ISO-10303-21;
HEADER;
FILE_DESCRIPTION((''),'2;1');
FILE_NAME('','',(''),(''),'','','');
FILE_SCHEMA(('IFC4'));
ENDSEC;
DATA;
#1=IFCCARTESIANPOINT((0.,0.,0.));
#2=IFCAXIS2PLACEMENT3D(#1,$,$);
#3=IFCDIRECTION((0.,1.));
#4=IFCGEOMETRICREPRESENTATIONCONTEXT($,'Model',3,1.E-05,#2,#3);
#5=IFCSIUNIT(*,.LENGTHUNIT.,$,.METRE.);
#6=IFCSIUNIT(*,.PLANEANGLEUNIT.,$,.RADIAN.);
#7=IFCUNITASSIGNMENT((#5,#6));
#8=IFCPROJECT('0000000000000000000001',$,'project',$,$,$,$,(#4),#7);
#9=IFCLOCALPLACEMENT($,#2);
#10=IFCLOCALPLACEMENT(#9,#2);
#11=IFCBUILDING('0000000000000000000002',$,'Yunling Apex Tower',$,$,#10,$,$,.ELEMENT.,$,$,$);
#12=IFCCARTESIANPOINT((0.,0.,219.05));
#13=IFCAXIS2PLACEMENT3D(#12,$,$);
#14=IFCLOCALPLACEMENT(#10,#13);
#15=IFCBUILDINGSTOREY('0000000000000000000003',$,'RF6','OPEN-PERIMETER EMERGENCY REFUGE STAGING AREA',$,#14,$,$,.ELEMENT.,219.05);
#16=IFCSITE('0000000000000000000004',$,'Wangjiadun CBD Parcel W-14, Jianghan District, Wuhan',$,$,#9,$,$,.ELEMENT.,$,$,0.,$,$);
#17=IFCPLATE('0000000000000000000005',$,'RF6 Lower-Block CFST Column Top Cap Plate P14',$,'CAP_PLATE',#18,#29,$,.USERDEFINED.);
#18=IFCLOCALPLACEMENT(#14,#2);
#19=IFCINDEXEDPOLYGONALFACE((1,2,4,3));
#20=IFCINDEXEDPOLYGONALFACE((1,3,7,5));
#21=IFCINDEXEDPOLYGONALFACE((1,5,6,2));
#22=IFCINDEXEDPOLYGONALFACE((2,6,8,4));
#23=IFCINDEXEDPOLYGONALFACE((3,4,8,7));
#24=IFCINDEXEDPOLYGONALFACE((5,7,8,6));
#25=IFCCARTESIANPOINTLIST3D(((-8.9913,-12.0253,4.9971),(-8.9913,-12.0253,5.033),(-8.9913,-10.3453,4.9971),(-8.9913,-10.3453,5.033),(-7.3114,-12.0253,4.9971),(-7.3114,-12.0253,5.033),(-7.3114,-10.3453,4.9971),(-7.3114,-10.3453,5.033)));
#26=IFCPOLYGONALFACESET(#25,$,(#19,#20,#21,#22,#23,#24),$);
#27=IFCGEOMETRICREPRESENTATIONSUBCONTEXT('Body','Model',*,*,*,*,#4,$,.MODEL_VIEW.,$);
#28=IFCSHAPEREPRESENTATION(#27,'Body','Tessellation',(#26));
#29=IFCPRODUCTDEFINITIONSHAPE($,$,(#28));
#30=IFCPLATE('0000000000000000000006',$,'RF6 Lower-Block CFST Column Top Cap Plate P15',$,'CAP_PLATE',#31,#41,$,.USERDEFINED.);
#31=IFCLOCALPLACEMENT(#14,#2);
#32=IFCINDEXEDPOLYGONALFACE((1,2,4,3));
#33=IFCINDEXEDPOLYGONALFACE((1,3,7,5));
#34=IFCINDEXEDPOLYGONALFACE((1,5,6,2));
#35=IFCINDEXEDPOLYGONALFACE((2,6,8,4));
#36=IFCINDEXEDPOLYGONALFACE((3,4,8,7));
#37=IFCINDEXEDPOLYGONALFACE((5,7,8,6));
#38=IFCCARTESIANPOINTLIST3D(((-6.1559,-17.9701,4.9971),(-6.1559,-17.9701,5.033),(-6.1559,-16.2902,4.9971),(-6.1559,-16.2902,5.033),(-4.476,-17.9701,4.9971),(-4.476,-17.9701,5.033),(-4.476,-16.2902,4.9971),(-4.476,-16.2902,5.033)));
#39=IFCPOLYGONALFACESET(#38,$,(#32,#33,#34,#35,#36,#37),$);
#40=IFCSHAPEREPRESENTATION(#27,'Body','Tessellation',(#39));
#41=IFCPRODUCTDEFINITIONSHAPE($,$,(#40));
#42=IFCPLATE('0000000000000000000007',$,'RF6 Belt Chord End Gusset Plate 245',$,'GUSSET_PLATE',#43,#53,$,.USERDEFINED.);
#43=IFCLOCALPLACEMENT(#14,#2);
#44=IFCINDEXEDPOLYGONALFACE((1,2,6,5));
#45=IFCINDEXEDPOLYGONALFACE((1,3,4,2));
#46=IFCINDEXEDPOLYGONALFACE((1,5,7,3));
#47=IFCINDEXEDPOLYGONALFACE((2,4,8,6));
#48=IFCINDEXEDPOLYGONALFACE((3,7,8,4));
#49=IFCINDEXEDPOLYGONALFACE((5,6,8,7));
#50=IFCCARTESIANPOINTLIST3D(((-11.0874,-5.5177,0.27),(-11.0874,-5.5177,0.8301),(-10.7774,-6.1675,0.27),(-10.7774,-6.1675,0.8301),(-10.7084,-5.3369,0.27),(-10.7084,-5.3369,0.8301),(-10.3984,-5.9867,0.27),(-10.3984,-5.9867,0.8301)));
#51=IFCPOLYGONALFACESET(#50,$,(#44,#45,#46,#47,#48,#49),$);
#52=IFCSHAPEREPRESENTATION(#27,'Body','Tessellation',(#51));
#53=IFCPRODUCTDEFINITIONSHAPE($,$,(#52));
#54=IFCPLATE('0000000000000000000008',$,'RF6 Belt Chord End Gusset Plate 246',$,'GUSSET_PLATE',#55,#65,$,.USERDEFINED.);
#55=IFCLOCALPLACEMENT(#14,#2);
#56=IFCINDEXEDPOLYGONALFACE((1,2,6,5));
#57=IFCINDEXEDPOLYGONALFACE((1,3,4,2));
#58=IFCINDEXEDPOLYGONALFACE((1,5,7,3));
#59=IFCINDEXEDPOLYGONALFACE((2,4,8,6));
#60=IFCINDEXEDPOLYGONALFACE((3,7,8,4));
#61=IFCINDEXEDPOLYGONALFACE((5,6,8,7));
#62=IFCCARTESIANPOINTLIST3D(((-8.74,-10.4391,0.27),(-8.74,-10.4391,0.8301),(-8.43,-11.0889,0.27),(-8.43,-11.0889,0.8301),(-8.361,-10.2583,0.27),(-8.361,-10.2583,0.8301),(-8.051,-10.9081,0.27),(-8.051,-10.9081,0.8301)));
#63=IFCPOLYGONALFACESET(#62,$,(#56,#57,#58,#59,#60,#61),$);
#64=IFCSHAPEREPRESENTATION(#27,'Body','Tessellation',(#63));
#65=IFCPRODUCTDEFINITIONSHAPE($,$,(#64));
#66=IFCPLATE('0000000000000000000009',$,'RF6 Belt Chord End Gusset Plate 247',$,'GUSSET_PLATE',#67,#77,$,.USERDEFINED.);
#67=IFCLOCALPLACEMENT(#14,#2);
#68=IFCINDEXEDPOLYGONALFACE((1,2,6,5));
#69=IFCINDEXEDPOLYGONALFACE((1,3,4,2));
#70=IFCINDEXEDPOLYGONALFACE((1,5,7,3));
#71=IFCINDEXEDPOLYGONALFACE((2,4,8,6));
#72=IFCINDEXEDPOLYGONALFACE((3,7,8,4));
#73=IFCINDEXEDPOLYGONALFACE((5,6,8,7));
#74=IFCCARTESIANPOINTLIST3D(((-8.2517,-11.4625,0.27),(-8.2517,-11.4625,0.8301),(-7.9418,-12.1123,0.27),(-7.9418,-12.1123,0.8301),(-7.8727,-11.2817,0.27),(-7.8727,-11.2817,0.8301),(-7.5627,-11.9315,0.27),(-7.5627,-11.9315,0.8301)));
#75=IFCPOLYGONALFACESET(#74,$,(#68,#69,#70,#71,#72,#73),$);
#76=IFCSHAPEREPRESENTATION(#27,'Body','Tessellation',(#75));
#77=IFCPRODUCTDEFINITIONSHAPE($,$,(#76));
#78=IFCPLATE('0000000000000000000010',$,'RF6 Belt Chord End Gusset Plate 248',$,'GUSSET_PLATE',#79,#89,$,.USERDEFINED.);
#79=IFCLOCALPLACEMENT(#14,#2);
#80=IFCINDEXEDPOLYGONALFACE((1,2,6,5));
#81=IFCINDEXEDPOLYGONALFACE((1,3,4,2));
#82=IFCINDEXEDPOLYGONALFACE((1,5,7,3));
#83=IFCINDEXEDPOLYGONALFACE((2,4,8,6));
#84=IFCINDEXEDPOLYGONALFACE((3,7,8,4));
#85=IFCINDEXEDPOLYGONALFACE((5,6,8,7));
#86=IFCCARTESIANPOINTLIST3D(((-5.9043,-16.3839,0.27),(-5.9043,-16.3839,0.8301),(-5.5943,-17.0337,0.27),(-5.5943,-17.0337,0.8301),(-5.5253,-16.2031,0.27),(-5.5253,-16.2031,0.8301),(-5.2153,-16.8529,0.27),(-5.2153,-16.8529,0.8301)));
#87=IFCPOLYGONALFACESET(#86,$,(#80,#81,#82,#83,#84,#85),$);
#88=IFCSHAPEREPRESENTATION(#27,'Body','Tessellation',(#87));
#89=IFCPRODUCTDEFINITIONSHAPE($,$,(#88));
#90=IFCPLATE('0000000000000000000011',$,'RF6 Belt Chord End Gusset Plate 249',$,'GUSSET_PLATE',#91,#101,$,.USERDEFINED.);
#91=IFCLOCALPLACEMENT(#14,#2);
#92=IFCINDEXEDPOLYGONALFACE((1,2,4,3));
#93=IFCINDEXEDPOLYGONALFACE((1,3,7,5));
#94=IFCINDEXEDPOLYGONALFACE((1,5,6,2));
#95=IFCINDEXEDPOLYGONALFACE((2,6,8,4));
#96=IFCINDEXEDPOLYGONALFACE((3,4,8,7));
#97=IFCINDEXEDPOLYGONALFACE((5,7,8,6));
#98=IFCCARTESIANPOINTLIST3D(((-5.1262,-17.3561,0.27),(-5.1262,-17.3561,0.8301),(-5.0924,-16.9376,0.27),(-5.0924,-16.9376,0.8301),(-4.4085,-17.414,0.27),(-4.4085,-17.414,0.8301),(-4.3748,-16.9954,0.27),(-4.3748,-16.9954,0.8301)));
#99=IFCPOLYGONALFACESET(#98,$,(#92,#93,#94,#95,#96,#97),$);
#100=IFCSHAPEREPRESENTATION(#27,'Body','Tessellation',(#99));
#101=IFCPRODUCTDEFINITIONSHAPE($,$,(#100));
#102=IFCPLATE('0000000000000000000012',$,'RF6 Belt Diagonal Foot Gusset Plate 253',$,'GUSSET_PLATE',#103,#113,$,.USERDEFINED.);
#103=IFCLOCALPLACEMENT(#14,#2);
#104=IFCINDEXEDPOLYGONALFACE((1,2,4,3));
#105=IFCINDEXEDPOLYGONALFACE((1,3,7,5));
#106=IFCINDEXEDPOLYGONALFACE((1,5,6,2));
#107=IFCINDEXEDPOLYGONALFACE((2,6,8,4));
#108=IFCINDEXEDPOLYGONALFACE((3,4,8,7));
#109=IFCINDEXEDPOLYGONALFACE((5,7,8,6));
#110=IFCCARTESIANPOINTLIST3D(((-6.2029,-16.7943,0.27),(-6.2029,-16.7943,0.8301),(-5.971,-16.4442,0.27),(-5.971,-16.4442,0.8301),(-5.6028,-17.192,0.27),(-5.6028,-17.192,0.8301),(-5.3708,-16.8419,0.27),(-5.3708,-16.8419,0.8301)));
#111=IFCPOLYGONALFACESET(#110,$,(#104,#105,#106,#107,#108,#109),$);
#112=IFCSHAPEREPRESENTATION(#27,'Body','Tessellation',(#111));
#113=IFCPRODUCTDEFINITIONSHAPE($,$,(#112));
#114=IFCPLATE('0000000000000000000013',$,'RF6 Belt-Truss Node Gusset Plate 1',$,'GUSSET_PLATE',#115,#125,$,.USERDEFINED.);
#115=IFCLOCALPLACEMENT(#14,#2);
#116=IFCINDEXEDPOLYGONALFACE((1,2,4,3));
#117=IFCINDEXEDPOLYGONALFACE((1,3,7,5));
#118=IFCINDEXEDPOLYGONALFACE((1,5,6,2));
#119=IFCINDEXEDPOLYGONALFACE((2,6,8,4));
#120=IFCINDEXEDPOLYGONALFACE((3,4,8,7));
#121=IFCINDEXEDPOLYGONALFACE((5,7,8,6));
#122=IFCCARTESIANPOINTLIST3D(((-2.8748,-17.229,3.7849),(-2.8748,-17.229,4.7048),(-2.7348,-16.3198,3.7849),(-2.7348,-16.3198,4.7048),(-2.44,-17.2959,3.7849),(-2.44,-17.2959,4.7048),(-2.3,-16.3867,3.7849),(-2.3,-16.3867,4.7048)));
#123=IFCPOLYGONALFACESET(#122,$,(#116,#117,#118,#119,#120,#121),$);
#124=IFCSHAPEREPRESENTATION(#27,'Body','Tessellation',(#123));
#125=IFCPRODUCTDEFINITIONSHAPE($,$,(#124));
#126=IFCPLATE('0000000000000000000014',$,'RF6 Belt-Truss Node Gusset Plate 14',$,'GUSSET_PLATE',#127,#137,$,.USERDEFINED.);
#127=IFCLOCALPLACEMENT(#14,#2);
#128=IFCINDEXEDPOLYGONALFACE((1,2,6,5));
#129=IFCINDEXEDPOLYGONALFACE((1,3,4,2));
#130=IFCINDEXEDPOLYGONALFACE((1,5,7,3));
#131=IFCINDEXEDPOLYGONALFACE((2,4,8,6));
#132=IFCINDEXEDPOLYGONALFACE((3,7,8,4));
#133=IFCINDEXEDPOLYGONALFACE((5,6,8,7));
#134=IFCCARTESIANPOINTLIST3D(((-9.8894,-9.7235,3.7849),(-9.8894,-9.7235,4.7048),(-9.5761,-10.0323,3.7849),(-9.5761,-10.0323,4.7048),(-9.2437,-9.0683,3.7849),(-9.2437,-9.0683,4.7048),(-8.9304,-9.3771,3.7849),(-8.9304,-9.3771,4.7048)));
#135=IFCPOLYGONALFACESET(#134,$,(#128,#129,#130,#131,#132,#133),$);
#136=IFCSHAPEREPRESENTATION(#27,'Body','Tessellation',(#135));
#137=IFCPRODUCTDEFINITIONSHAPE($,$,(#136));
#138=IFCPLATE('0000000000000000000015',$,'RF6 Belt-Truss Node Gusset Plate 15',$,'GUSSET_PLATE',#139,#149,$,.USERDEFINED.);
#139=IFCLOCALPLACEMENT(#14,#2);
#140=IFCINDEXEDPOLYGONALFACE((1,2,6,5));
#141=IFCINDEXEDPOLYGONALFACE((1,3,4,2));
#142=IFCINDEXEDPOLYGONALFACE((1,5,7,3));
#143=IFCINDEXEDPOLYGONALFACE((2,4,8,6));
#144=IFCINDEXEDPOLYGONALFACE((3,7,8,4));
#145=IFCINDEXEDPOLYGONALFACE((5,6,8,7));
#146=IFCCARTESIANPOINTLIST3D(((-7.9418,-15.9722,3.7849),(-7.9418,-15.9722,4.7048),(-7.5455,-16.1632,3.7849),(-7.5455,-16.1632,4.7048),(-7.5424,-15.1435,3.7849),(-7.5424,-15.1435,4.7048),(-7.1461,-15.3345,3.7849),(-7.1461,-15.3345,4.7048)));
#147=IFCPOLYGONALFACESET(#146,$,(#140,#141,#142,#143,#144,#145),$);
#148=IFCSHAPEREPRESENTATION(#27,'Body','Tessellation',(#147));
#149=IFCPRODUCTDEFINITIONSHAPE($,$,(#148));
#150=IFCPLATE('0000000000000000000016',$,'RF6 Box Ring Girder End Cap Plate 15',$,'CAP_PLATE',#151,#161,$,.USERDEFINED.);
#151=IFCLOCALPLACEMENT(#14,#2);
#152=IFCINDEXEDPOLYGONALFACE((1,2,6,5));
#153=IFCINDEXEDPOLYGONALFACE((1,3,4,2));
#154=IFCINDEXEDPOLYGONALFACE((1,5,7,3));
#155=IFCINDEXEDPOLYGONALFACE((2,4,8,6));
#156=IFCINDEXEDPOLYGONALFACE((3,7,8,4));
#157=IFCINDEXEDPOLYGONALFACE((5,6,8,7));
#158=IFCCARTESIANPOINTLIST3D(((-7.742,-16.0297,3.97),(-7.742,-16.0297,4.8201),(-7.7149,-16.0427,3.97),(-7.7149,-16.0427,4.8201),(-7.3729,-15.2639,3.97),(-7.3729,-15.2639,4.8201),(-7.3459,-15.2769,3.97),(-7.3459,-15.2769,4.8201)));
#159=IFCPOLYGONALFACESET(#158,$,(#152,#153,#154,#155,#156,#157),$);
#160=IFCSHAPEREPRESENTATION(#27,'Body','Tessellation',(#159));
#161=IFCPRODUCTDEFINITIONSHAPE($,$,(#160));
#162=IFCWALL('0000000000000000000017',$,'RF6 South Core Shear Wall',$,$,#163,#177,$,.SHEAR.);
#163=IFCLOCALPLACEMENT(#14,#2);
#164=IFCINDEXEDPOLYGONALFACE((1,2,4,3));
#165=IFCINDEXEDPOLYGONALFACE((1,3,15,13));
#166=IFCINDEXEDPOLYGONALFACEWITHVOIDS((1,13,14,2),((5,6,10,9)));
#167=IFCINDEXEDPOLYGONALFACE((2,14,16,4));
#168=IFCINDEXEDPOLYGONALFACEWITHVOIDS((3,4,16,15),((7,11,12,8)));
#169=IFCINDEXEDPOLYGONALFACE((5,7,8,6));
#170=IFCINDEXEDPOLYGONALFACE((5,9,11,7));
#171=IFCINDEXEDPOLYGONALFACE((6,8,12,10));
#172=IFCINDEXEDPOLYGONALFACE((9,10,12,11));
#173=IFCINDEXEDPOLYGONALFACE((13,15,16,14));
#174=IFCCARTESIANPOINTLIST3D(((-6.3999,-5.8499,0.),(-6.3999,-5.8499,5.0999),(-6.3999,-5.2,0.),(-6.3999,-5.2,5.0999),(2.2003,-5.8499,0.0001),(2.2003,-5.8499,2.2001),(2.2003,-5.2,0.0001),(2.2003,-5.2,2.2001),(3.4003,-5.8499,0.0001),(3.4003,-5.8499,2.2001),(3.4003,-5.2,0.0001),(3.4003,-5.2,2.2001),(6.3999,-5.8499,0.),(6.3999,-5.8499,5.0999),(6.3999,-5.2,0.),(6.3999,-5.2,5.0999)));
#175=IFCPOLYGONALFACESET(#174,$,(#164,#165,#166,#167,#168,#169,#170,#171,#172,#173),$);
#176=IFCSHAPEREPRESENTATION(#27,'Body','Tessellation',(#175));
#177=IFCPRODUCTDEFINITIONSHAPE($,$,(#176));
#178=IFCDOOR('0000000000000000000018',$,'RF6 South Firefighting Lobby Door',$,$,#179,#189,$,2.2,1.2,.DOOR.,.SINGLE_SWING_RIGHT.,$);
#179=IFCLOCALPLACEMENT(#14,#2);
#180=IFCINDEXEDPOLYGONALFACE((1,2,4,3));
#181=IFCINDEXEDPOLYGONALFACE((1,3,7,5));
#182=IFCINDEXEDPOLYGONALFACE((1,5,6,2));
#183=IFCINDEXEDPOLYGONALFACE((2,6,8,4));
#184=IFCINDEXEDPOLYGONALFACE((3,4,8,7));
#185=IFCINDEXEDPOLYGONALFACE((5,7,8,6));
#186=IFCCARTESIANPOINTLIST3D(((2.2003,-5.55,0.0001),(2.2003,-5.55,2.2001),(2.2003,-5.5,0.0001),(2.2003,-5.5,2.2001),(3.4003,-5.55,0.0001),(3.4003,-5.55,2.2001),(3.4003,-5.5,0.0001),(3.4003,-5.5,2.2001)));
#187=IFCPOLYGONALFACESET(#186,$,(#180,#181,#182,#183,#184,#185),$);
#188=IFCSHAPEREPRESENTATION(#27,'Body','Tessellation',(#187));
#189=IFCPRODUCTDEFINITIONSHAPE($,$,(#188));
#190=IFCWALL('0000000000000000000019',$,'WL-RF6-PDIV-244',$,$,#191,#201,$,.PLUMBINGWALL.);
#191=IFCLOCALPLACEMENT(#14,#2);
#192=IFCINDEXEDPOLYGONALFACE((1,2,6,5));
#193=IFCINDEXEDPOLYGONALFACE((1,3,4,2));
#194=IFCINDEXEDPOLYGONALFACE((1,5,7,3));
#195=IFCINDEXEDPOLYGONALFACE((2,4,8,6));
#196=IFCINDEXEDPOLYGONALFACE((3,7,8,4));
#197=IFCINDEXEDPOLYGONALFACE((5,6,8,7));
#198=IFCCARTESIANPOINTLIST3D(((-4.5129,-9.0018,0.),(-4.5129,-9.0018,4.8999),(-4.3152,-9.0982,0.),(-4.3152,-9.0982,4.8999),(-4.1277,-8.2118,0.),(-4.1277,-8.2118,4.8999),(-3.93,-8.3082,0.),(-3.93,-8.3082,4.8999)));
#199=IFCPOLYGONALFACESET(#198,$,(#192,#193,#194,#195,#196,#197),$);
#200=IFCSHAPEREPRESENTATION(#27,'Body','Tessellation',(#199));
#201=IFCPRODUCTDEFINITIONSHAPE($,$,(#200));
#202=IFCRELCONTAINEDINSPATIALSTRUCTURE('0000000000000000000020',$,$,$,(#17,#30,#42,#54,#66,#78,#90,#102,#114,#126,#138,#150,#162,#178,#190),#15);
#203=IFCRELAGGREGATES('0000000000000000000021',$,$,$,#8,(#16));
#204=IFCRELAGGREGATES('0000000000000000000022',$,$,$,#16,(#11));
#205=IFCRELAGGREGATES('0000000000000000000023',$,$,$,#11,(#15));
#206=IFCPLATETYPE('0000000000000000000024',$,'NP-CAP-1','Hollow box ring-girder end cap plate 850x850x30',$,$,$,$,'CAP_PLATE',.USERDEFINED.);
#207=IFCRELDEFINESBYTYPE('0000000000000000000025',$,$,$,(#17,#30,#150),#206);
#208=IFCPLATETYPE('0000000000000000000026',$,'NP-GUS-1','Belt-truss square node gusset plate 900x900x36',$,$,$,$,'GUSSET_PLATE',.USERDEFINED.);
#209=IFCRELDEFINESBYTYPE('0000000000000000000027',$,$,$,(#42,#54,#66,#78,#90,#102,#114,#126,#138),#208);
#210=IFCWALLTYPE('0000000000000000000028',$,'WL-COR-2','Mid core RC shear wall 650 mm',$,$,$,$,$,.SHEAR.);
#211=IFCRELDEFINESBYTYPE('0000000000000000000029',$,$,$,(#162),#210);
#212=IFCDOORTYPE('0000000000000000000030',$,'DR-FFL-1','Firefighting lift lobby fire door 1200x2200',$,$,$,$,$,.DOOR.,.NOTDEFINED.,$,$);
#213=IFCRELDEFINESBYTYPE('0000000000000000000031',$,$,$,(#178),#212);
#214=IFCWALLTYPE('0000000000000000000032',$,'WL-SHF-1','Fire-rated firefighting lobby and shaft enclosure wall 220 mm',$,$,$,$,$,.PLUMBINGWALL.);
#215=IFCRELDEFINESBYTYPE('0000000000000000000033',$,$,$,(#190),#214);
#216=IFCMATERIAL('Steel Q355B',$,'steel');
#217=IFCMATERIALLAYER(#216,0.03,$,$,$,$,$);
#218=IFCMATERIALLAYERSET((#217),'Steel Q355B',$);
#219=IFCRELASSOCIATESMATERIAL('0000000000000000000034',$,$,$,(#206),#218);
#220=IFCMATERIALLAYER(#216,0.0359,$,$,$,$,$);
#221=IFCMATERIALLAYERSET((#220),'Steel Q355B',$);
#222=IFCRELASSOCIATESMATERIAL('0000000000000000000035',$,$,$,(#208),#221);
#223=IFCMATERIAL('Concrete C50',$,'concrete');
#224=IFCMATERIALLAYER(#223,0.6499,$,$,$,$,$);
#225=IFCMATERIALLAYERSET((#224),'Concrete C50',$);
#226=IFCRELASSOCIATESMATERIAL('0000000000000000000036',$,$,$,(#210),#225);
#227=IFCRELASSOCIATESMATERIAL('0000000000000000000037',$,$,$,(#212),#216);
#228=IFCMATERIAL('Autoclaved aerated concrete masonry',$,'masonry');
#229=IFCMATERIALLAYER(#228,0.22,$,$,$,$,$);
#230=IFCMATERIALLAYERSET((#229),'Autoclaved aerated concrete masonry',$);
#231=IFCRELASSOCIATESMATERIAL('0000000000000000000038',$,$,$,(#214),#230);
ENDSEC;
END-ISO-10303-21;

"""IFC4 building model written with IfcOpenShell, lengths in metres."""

from ifc_helpers import new_model, si_unit, direction, frame, frame_2d, origin, origin_2d, place, context, subcontext, project, spatial, rectangle, extrude, source, transform, mapped, material, layer, layer_set, type_object, element, fill, save


model = new_model("IFC4")

# Units and contexts
model_context = context("Model", 3, precision=1e-05, world=origin(), true_north=direction((0.0, 1.0)))
body_context = subcontext(model_context, "Body", "Model", "MODEL_VIEW")
ifc_project = project(units=[si_unit("LENGTHUNIT", "METRE"), si_unit("PLANEANGLEUNIT", "RADIAN")], contexts=[model_context])

# Site, building, storey
site_placement = place(None, origin())
site = spatial("IfcSite", under=ifc_project, at=site_placement, Name="Wangjiadun CBD Parcel W-14, Jianghan District, Wuhan", CompositionType="ELEMENT", RefElevation=0.0)
building_placement = place(site_placement, origin())
building = spatial("IfcBuilding", under=site, at=building_placement, Name="Yunling Apex Tower", CompositionType="ELEMENT")
storey_placement = place(building_placement, frame((0.0, 0.0, 219.05)))
storey = spatial("IfcBuildingStorey", under=building, at=storey_placement, Name="RF6", Description="OPEN-PERIMETER EMERGENCY REFUGE STAGING AREA", CompositionType="ELEMENT", Elevation=219.05)

# Shared definitions
ifc_material_1 = material(Name="Concrete C50", Category="concrete")

# Shared definitions
ifc_material_2 = material(Name="Steel Q355B", Category="steel")

# Plates
ifc_layer_1 = layer(ifc_material_2, 0.03)
ifc_layer_set_1 = layer_set([ifc_layer_1], Name="Steel Q355B")
plate_type_1 = type_object("IfcPlateType", Name="NP-CAP-1", Description="Hollow box ring-girder end cap plate 850x850x30", ElementType="CAP_PLATE", PredefinedType="USERDEFINED", material=ifc_layer_set_1)
shared_shape_1 = source(origin(), body_context, "Body", "SweptSolid", [
    extrude(rectangle(XDim=1.6799, YDim=1.6799, at=origin_2d()), origin(), (0.0, 0.0, 1.0), 0.0359),
])
for number, where, z_axis, x_axis, name in (
    (1, (-8.1514, -11.1853, 4.9971), (0.0, 0.0, 1.0), (1.0, 0.0, 0.0), "RF6 Lower-Block CFST Column Top Cap Plate P14"),
    (2, (-5.3159, -17.1301, 4.9971), (0.0, 0.0, 1.0), (1.0, 0.0, 0.0), "RF6 Lower-Block CFST Column Top Cap Plate P15"),
):
    element("IfcPlate", number, at=place(storey_placement, frame(where, z_axis=z_axis, x_axis=x_axis)), inside=storey, type_object=plate_type_1, Name=name, ObjectType="CAP_PLATE", PredefinedType="USERDEFINED", context=body_context, shape_type="MappedRepresentation", body=[
        mapped(shared_shape_1, transform((0.0, 0.0, 0.0), scale=1.0)),
    ])
ifc_layer_2 = layer(ifc_material_2, 0.0359)
ifc_layer_set_2 = layer_set([ifc_layer_2], Name="Steel Q355B")
plate_type_2 = type_object("IfcPlateType", Name="NP-GUS-1", Description="Belt-truss square node gusset plate 900x900x36", ElementType="GUSSET_PLATE", PredefinedType="USERDEFINED", material=ifc_layer_set_2)
shared_shape_2 = source(origin(), body_context, "Body", "SweptSolid", [
    extrude(rectangle(XDim=0.72, YDim=0.4199, at=origin_2d()), origin(), (0.0, 0.0, 1.0), 0.5601),
])
for number, where, z_axis, x_axis, name in (
    (3, (-10.7429, -5.7522, 0.27), (0.0, 0.0, 1.0), (0.430511, -0.902585, 0.0), "RF6 Belt Chord End Gusset Plate 245"),
    (4, (-8.3955, -10.6736, 0.27), (0.0, 0.0, 1.0), (0.430511, -0.902585, 0.0), "RF6 Belt Chord End Gusset Plate 246"),
    (5, (-7.9072, -11.697, 0.27), (0.0, 0.0, 1.0), (0.430511, -0.902585, 0.0), "RF6 Belt Chord End Gusset Plate 247"),
    (6, (-5.5598, -16.6184, 0.27), (0.0, 0.0, 1.0), (0.430511, -0.902585, 0.0), "RF6 Belt Chord End Gusset Plate 248"),
    (7, (-4.7505, -17.1758, 0.27), (0.0, 0.0, 1.0), (0.996765, -0.080373, 0.0), "RF6 Belt Chord End Gusset Plate 249"),
    (8, (-5.7869, -16.8181, 0.27), (0.0, 0.0, 1.0), (-0.833597, 0.552374, 0.0), "RF6 Belt Diagonal Foot Gusset Plate 253"),
):
    element("IfcPlate", number, at=place(storey_placement, frame(where, z_axis=z_axis, x_axis=x_axis)), inside=storey, type_object=plate_type_2, Name=name, ObjectType="GUSSET_PLATE", PredefinedType="USERDEFINED", context=body_context, shape_type="MappedRepresentation", body=[
        mapped(shared_shape_2, transform((0.0, 0.0, 0.0), scale=1.0)),
    ])
shared_shape_3 = source(origin(), body_context, "Body", "SweptSolid", [
    extrude(rectangle(XDim=0.9199, YDim=0.4399, at=origin_2d()), origin(), (0.0, 0.0, 1.0), 0.9199),
])
for number, where, z_axis, x_axis, name in (
    (9, (-2.5874, -16.8079, 3.7849), (0.0, 0.0, 1.0), (-0.152123, -0.988362, 0.0), "RF6 Belt-Truss Node Gusset Plate 1"),
    (10, (-9.4099, -9.5503, 3.7849), (0.0, 0.0, 1.0), (-0.701904, -0.712271, 0.0), "RF6 Belt-Truss Node Gusset Plate 14"),
    (11, (-7.5439, -15.6533, 3.7849), (0.0, 0.0, 1.0), (-0.434131, -0.90085, 0.0), "RF6 Belt-Truss Node Gusset Plate 15"),
):
    element("IfcPlate", number, at=place(storey_placement, frame(where, z_axis=z_axis, x_axis=x_axis)), inside=storey, type_object=plate_type_2, Name=name, ObjectType="GUSSET_PLATE", PredefinedType="USERDEFINED", context=body_context, shape_type="MappedRepresentation", body=[
        mapped(shared_shape_3, transform((0.0, 0.0, 0.0), scale=1.0)),
    ])
shared_shape_4 = source(origin(), body_context, "Body", "SweptSolid", [
    extrude(rectangle(XDim=0.8501, YDim=0.03, at=origin_2d()), origin(), (0.0, 0.0, 1.0), 0.8501),
])
plate_placement = place(storey_placement, frame((-7.5439, -15.6533, 3.97), z_axis=(0.0, 0.0, 1.0), x_axis=(-0.434131, -0.90085, 0.0)))
element("IfcPlate", 12, at=plate_placement, inside=storey, type_object=plate_type_1, Name="RF6 Box Ring Girder End Cap Plate 15", ObjectType="CAP_PLATE", PredefinedType="USERDEFINED", context=body_context, shape_type="MappedRepresentation", body=[
    mapped(shared_shape_4, transform((0.0, 0.0, 0.0), scale=1.0)),
])

# Wall, opening, door
ifc_layer_3 = layer(ifc_material_1, 0.6499)
ifc_layer_set_3 = layer_set([ifc_layer_3], Name="Concrete C50")
wall_type_1 = type_object("IfcWallType", Name="WL-COR-2", Description="Mid core RC shear wall 650 mm", PredefinedType="SHEAR", material=ifc_layer_set_3)
wall_1_placement = place(storey_placement, frame((-6.3999, -5.5249, 0.0), z_axis=(0.0, 0.0, 1.0), x_axis=(1.0, 0.0, 0.0)))
wall_1 = element("IfcWall", 13, at=wall_1_placement, inside=storey, type_object=wall_type_1, Name="RF6 South Core Shear Wall", PredefinedType="SHEAR", context=body_context, shape_type="SweptSolid", body=[
    extrude(rectangle(XDim=12.7998, YDim=0.6499, at=frame_2d((6.3999, 0.0))), origin(), (0.0, 0.0, 1.0), 5.0999),
])
opening_placement = place(wall_1_placement, frame((8.6001, 0.0, 0.0)))
opening = element("IfcOpeningElement", 14, at=opening_placement, cuts=wall_1, PredefinedType="OPENING", context=body_context, shape_type="SweptSolid", body=[
    extrude(rectangle(XDim=1.2, YDim=2.2, at=frame_2d((0.6001, 1.1001))), frame((0.0, 0.335, 0.0), z_axis=(0.0, -1.0, 0.0), x_axis=(1.0, 0.0, 0.0)), (0.0, 0.0, 1.0), 0.6699),
])
door_type = type_object("IfcDoorType", Name="DR-FFL-1", Description="Firefighting lift lobby fire door 1200x2200", OperationType="NOTDEFINED", PredefinedType="DOOR", material=ifc_material_2)
door_placement = place(opening_placement, origin())
door = element("IfcDoor", 15, at=door_placement, inside=storey, type_object=door_type, Name="RF6 South Firefighting Lobby Door", OperationType="SINGLE_SWING_RIGHT", OverallHeight=2.2, OverallWidth=1.2, PredefinedType="DOOR", context=body_context, shape_type="SweptSolid", body=[
    extrude(rectangle(XDim=1.2, YDim=2.2, at=frame_2d((0.6001, 1.1001))), frame((0.0, 0.0249, 0.0), z_axis=(0.0, -1.0, 0.0), x_axis=(1.0, 0.0, 0.0)), (0.0, 0.0, 1.0), 0.05),
])
fill(opening, door)

# Wall
ifc_material_3 = material(Name="Autoclaved aerated concrete masonry", Category="masonry")
ifc_layer_4 = layer(ifc_material_3, 0.22)
ifc_layer_set_4 = layer_set([ifc_layer_4], Name="Autoclaved aerated concrete masonry")
wall_type_2 = type_object("IfcWallType", Name="WL-SHF-1", Description="Fire-rated firefighting lobby and shaft enclosure wall 220 mm", PredefinedType="PLUMBINGWALL", material=ifc_layer_set_4)
wall_2_placement = place(storey_placement, frame((-4.0288, -8.26, 0.0), z_axis=(0.0, 0.0, 1.0), x_axis=(-0.438303, -0.898827, 0.0)))
element("IfcWall", 16, at=wall_2_placement, inside=storey, type_object=wall_type_2, Name="WL-RF6-PDIV-244", PredefinedType="PLUMBINGWALL", context=body_context, shape_type="SweptSolid", body=[
    extrude(rectangle(XDim=0.8789, YDim=0.22, at=frame_2d((0.4395, 0.0))), origin(), (0.0, 0.0, 1.0), 4.8999),
])

save(model, "model.ifc")
